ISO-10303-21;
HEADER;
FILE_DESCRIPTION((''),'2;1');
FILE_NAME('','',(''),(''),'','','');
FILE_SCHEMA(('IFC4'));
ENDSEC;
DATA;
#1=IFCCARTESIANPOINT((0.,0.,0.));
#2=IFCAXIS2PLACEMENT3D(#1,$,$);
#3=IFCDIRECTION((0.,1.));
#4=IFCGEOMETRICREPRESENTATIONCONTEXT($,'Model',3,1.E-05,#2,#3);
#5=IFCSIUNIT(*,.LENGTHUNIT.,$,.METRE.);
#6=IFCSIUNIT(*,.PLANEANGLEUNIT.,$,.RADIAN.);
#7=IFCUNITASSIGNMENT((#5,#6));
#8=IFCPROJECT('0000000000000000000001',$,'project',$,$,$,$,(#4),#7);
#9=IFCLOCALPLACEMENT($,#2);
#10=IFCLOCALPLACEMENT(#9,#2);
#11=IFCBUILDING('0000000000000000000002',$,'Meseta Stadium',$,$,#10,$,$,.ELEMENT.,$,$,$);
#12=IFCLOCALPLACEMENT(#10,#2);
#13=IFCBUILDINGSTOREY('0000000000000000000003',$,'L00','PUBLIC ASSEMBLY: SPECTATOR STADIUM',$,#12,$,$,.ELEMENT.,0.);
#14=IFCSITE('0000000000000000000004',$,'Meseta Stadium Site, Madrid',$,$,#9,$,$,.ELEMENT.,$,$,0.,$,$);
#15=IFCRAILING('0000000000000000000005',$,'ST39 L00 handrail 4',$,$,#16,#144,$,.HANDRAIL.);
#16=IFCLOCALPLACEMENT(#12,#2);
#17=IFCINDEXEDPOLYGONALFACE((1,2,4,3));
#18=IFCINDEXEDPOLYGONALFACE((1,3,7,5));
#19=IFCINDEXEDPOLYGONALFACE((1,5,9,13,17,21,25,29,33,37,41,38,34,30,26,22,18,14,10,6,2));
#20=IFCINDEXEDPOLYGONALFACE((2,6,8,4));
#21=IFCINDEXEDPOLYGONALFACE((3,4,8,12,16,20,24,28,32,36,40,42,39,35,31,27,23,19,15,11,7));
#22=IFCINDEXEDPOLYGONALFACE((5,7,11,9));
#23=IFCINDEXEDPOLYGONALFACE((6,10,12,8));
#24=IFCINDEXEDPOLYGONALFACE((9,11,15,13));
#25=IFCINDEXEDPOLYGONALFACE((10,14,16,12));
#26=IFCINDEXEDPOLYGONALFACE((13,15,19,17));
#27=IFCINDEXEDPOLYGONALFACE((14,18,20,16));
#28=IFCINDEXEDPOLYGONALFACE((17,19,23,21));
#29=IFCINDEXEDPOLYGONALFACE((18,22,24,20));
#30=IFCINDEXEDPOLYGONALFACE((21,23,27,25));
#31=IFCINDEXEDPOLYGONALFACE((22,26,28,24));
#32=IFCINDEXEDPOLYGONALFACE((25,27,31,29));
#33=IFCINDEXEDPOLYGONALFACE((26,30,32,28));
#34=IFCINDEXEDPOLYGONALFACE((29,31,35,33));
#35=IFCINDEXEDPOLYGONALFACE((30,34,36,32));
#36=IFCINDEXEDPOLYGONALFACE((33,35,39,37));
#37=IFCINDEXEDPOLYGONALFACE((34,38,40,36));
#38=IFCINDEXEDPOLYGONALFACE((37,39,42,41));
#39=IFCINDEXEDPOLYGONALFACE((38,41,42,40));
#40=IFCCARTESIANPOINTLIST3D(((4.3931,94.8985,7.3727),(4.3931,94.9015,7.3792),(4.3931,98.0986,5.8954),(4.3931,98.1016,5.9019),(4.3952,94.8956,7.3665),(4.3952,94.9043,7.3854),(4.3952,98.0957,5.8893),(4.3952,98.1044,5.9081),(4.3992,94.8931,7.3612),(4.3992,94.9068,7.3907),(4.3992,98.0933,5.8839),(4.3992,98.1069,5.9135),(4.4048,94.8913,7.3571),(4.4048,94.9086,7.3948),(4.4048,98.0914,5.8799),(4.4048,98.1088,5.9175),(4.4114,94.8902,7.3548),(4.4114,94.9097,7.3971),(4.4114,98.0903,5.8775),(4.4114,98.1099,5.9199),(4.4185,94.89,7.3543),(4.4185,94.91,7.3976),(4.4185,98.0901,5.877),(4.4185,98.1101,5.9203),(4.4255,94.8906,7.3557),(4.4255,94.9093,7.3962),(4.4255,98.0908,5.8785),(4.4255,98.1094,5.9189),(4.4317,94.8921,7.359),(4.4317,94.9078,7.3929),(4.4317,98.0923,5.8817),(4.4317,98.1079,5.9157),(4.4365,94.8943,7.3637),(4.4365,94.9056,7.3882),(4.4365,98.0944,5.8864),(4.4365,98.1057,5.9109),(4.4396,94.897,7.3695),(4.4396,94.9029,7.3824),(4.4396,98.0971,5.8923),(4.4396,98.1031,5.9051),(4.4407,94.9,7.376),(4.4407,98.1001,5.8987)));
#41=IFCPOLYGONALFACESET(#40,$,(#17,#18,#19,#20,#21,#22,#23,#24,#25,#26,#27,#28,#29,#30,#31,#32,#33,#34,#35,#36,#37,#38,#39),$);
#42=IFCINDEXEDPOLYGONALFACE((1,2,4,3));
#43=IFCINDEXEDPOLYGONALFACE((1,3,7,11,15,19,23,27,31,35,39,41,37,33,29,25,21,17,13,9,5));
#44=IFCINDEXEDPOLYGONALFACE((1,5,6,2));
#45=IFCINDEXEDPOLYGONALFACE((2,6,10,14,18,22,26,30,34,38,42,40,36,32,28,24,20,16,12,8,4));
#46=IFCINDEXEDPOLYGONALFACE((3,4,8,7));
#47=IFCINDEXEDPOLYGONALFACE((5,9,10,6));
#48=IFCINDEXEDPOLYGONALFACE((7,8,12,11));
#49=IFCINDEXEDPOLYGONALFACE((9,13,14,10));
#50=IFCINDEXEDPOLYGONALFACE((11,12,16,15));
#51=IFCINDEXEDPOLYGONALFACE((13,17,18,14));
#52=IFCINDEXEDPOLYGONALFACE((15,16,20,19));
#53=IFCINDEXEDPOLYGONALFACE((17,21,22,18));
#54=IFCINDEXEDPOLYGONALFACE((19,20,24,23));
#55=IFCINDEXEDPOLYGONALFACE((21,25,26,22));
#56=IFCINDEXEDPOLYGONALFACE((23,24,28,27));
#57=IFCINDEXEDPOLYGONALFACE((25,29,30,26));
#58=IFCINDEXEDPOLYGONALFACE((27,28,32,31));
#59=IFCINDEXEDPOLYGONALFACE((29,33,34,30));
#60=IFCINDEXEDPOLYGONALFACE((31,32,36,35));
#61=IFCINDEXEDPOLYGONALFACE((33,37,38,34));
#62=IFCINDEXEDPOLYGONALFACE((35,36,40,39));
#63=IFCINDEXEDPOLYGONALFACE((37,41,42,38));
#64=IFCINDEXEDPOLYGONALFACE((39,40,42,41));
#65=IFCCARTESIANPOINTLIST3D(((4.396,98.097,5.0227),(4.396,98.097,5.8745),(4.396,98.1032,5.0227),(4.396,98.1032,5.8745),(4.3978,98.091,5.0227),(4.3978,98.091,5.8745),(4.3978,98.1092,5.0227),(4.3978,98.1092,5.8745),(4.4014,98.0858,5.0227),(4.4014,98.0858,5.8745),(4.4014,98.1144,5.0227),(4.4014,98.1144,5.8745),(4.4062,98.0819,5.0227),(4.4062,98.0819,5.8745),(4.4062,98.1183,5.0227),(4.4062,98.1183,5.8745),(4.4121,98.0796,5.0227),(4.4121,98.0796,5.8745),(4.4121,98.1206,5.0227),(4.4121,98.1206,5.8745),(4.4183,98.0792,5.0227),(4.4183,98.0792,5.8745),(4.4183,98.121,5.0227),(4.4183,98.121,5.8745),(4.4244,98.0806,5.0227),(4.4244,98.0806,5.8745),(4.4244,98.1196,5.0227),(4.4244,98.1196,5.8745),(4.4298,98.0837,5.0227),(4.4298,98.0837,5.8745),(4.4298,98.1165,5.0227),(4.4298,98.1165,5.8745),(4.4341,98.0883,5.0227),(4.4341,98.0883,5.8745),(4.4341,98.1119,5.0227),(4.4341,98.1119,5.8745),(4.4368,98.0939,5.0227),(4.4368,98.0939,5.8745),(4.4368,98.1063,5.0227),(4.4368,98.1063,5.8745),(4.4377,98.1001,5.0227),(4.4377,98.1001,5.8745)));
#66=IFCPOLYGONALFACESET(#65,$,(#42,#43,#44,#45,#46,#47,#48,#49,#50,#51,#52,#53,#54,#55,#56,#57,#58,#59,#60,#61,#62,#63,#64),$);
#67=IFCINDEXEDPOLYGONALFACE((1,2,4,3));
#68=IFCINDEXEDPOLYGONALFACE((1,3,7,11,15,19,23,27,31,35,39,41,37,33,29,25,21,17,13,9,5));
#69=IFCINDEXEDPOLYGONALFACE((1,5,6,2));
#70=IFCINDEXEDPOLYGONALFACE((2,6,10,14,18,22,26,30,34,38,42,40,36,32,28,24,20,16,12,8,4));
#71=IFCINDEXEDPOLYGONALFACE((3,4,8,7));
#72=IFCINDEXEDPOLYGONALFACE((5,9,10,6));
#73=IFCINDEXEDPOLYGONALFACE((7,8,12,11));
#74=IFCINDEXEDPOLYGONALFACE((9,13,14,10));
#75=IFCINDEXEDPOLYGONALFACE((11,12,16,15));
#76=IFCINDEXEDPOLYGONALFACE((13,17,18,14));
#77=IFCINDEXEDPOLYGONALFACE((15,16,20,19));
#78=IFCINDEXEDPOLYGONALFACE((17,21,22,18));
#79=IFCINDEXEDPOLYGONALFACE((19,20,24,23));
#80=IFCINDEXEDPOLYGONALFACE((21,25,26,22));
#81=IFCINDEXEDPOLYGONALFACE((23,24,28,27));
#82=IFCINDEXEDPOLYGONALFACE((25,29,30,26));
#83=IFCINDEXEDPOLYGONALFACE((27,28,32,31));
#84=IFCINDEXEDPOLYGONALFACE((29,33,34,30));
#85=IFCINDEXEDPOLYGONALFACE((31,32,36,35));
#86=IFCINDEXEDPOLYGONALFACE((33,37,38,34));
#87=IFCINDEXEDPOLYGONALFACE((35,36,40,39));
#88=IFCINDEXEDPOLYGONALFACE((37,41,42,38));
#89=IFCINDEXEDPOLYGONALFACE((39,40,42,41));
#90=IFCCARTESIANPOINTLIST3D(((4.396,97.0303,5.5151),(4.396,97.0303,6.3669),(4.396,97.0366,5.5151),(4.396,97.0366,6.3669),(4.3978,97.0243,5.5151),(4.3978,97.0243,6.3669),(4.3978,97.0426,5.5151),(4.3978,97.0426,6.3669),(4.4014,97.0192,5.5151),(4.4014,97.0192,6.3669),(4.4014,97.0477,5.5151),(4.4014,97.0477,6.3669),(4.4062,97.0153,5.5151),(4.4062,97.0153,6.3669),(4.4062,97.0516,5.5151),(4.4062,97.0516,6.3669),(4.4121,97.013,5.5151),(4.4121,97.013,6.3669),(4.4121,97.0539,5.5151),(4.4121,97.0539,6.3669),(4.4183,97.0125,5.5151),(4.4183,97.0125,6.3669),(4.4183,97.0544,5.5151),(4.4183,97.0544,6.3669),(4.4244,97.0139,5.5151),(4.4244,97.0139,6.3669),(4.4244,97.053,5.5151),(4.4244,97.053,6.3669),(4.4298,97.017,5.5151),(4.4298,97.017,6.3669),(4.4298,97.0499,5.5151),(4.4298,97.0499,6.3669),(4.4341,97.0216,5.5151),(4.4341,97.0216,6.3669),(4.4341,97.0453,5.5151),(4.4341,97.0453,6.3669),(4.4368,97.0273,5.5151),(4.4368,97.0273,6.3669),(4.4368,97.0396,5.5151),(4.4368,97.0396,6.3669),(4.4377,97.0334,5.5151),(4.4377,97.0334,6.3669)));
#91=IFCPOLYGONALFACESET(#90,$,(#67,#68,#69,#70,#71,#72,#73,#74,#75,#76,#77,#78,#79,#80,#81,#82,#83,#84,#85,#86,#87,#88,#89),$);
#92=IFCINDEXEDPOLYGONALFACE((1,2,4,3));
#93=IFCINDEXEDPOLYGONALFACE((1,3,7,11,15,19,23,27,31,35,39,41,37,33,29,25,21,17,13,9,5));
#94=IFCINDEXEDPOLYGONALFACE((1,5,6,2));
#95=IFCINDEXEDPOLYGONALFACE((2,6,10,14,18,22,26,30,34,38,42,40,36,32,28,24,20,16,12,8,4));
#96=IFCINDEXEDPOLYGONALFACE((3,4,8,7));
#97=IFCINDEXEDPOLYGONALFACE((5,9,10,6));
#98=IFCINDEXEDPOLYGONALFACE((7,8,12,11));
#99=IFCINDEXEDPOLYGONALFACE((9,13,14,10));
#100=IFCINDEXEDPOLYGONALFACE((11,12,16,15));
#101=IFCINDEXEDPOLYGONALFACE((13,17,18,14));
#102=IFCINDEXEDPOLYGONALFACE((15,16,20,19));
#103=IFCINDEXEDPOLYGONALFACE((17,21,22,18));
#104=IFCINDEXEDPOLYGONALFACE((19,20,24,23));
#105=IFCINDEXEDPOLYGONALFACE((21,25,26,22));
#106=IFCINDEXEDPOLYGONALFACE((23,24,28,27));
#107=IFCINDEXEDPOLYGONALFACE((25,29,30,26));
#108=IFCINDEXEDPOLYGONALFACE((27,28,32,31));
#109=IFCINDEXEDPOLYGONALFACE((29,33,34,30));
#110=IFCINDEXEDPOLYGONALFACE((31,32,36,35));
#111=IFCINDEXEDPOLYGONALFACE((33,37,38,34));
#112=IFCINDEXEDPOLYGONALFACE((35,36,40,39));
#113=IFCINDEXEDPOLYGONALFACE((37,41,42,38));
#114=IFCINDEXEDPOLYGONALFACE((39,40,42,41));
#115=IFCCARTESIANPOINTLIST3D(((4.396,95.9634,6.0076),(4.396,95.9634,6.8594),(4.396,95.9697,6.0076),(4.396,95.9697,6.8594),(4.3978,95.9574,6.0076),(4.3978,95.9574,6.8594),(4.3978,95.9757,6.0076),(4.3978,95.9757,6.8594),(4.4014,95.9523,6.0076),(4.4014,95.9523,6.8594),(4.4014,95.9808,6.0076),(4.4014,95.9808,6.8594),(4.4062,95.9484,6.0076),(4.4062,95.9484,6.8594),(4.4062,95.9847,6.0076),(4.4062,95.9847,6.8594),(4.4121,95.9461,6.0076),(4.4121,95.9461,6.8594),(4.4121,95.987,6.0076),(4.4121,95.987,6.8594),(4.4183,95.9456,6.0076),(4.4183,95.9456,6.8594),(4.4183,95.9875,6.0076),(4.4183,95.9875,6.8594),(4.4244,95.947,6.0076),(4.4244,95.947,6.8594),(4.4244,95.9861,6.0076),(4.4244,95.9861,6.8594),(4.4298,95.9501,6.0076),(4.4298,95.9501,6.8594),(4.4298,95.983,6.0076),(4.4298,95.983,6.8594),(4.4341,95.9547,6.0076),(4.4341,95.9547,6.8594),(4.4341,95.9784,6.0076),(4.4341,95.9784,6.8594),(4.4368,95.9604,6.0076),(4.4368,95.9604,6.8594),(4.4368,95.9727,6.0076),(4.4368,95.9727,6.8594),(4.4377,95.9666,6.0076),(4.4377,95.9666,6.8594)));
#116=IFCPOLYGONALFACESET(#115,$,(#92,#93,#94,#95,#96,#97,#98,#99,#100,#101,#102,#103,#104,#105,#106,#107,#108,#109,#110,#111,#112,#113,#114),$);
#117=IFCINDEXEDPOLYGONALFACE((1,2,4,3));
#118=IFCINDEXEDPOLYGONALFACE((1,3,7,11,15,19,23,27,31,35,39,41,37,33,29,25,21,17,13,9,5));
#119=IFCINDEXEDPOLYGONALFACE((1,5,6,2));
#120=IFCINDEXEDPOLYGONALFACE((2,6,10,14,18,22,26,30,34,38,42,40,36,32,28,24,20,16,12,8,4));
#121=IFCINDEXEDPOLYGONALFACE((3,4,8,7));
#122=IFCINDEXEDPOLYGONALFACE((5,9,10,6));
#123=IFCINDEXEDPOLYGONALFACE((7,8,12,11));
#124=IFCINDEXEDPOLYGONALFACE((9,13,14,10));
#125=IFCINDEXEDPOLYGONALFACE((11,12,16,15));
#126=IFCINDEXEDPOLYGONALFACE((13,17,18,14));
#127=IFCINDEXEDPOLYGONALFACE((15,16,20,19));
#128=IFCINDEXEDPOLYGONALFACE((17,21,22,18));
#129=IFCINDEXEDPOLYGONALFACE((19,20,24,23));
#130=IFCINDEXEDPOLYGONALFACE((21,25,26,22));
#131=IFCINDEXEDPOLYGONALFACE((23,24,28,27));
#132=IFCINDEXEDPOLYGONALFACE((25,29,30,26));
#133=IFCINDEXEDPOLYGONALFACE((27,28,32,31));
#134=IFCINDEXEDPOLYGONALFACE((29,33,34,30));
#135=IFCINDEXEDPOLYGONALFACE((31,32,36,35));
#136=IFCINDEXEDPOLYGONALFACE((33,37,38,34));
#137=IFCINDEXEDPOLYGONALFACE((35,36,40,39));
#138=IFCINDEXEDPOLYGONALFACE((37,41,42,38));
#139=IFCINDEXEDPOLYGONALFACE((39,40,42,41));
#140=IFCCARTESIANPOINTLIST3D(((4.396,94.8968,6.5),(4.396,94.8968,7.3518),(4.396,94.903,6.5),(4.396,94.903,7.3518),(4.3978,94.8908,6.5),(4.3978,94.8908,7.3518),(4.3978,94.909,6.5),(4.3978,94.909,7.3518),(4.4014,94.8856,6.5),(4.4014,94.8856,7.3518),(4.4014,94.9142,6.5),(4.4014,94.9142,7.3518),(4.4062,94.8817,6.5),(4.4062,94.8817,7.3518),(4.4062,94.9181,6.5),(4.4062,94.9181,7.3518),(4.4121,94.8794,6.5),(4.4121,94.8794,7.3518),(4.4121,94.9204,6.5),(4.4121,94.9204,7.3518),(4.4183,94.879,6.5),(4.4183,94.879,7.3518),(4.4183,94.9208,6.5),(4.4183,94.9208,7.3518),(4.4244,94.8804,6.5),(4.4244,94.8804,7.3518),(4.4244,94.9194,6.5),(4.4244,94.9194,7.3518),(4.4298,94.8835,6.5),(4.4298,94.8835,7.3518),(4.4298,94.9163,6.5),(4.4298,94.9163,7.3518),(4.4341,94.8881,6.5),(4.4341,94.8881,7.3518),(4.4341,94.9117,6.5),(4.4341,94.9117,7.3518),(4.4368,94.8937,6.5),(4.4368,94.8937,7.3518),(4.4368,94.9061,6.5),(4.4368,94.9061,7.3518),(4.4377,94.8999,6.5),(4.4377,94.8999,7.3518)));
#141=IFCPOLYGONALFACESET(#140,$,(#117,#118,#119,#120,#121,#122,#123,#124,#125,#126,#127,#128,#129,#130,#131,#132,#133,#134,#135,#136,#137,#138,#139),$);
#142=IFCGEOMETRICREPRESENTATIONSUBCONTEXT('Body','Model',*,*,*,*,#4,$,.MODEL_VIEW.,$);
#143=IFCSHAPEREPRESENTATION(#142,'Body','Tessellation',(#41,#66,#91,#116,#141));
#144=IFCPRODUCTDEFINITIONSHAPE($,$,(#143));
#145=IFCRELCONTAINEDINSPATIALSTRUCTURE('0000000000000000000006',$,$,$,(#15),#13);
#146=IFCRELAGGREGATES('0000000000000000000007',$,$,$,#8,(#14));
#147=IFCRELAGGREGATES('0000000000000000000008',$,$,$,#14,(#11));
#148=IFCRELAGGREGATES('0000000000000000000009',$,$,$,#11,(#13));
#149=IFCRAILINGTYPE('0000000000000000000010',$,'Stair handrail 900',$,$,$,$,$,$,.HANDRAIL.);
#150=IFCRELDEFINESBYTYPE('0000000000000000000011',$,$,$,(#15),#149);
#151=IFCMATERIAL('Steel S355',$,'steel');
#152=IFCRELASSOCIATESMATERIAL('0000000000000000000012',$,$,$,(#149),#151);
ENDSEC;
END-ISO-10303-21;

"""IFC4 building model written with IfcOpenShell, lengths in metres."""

from ifc_helpers import new_model, si_unit, direction, frame, origin, origin_2d, place, context, subcontext, project, spatial, circle, extrude, material, type_object, element, save


model = new_model("IFC4")

# Units and contexts
model_context = context("Model", 3, precision=1e-05, world=origin(), true_north=direction((0.0, 1.0)))
body_context = subcontext(model_context, "Body", "Model", "MODEL_VIEW")
ifc_project = project(units=[si_unit("LENGTHUNIT", "METRE"), si_unit("PLANEANGLEUNIT", "RADIAN")], contexts=[model_context])

# Site, building, storey
site_placement = place(None, origin())
site = spatial("IfcSite", under=ifc_project, at=site_placement, Name="Meseta Stadium Site, Madrid", CompositionType="ELEMENT", RefElevation=0.0)
building_placement = place(site_placement, origin())
building = spatial("IfcBuilding", under=site, at=building_placement, Name="Meseta Stadium", CompositionType="ELEMENT")
storey_placement = place(building_placement, origin())
storey = spatial("IfcBuildingStorey", under=building, at=storey_placement, Name="L00", Description="PUBLIC ASSEMBLY: SPECTATOR STADIUM", CompositionType="ELEMENT", Elevation=0.0)

# Railing
ifc_material_1 = material(Name="Steel S355", Category="steel")
railing_type_1 = type_object("IfcRailingType", Name="Stair handrail 900", PredefinedType="HANDRAIL", material=ifc_material_1)
for number, where, name in (
    (1, (4.4167, 98.1001, 5.0227), "ST39 L00 handrail 4"),
):
    element("IfcRailing", number, at=place(storey_placement, frame(where)), inside=storey, type_object=railing_type_1, Name=name, PredefinedType="HANDRAIL", context=body_context, shape_type="SweptSolid", body=[
        extrude(circle(Radius=0.0239, at=origin_2d()), frame((0.0, 0.0, 0.876), z_axis=(0.0, -0.907929, 0.419124), x_axis=(1.0, 0.0, 0.0)), (0.0, 0.0, 1.0), 3.5247),
        extrude(circle(Radius=0.021, at=origin_2d()), origin(), (0.0, 0.0, 1.0), 0.8518),
        extrude(circle(Radius=0.021, at=origin_2d()), frame((0.0, -1.0667, 0.4924)), (0.0, 0.0, 1.0), 0.8518),
        extrude(circle(Radius=0.021, at=origin_2d()), frame((0.0, -2.1335, 0.9849)), (0.0, 0.0, 1.0), 0.8518),
        extrude(circle(Radius=0.021, at=origin_2d()), frame((0.0, -3.2002, 1.4773)), (0.0, 0.0, 1.0), 0.8518),
    ])

save(model, "model.ifc")
